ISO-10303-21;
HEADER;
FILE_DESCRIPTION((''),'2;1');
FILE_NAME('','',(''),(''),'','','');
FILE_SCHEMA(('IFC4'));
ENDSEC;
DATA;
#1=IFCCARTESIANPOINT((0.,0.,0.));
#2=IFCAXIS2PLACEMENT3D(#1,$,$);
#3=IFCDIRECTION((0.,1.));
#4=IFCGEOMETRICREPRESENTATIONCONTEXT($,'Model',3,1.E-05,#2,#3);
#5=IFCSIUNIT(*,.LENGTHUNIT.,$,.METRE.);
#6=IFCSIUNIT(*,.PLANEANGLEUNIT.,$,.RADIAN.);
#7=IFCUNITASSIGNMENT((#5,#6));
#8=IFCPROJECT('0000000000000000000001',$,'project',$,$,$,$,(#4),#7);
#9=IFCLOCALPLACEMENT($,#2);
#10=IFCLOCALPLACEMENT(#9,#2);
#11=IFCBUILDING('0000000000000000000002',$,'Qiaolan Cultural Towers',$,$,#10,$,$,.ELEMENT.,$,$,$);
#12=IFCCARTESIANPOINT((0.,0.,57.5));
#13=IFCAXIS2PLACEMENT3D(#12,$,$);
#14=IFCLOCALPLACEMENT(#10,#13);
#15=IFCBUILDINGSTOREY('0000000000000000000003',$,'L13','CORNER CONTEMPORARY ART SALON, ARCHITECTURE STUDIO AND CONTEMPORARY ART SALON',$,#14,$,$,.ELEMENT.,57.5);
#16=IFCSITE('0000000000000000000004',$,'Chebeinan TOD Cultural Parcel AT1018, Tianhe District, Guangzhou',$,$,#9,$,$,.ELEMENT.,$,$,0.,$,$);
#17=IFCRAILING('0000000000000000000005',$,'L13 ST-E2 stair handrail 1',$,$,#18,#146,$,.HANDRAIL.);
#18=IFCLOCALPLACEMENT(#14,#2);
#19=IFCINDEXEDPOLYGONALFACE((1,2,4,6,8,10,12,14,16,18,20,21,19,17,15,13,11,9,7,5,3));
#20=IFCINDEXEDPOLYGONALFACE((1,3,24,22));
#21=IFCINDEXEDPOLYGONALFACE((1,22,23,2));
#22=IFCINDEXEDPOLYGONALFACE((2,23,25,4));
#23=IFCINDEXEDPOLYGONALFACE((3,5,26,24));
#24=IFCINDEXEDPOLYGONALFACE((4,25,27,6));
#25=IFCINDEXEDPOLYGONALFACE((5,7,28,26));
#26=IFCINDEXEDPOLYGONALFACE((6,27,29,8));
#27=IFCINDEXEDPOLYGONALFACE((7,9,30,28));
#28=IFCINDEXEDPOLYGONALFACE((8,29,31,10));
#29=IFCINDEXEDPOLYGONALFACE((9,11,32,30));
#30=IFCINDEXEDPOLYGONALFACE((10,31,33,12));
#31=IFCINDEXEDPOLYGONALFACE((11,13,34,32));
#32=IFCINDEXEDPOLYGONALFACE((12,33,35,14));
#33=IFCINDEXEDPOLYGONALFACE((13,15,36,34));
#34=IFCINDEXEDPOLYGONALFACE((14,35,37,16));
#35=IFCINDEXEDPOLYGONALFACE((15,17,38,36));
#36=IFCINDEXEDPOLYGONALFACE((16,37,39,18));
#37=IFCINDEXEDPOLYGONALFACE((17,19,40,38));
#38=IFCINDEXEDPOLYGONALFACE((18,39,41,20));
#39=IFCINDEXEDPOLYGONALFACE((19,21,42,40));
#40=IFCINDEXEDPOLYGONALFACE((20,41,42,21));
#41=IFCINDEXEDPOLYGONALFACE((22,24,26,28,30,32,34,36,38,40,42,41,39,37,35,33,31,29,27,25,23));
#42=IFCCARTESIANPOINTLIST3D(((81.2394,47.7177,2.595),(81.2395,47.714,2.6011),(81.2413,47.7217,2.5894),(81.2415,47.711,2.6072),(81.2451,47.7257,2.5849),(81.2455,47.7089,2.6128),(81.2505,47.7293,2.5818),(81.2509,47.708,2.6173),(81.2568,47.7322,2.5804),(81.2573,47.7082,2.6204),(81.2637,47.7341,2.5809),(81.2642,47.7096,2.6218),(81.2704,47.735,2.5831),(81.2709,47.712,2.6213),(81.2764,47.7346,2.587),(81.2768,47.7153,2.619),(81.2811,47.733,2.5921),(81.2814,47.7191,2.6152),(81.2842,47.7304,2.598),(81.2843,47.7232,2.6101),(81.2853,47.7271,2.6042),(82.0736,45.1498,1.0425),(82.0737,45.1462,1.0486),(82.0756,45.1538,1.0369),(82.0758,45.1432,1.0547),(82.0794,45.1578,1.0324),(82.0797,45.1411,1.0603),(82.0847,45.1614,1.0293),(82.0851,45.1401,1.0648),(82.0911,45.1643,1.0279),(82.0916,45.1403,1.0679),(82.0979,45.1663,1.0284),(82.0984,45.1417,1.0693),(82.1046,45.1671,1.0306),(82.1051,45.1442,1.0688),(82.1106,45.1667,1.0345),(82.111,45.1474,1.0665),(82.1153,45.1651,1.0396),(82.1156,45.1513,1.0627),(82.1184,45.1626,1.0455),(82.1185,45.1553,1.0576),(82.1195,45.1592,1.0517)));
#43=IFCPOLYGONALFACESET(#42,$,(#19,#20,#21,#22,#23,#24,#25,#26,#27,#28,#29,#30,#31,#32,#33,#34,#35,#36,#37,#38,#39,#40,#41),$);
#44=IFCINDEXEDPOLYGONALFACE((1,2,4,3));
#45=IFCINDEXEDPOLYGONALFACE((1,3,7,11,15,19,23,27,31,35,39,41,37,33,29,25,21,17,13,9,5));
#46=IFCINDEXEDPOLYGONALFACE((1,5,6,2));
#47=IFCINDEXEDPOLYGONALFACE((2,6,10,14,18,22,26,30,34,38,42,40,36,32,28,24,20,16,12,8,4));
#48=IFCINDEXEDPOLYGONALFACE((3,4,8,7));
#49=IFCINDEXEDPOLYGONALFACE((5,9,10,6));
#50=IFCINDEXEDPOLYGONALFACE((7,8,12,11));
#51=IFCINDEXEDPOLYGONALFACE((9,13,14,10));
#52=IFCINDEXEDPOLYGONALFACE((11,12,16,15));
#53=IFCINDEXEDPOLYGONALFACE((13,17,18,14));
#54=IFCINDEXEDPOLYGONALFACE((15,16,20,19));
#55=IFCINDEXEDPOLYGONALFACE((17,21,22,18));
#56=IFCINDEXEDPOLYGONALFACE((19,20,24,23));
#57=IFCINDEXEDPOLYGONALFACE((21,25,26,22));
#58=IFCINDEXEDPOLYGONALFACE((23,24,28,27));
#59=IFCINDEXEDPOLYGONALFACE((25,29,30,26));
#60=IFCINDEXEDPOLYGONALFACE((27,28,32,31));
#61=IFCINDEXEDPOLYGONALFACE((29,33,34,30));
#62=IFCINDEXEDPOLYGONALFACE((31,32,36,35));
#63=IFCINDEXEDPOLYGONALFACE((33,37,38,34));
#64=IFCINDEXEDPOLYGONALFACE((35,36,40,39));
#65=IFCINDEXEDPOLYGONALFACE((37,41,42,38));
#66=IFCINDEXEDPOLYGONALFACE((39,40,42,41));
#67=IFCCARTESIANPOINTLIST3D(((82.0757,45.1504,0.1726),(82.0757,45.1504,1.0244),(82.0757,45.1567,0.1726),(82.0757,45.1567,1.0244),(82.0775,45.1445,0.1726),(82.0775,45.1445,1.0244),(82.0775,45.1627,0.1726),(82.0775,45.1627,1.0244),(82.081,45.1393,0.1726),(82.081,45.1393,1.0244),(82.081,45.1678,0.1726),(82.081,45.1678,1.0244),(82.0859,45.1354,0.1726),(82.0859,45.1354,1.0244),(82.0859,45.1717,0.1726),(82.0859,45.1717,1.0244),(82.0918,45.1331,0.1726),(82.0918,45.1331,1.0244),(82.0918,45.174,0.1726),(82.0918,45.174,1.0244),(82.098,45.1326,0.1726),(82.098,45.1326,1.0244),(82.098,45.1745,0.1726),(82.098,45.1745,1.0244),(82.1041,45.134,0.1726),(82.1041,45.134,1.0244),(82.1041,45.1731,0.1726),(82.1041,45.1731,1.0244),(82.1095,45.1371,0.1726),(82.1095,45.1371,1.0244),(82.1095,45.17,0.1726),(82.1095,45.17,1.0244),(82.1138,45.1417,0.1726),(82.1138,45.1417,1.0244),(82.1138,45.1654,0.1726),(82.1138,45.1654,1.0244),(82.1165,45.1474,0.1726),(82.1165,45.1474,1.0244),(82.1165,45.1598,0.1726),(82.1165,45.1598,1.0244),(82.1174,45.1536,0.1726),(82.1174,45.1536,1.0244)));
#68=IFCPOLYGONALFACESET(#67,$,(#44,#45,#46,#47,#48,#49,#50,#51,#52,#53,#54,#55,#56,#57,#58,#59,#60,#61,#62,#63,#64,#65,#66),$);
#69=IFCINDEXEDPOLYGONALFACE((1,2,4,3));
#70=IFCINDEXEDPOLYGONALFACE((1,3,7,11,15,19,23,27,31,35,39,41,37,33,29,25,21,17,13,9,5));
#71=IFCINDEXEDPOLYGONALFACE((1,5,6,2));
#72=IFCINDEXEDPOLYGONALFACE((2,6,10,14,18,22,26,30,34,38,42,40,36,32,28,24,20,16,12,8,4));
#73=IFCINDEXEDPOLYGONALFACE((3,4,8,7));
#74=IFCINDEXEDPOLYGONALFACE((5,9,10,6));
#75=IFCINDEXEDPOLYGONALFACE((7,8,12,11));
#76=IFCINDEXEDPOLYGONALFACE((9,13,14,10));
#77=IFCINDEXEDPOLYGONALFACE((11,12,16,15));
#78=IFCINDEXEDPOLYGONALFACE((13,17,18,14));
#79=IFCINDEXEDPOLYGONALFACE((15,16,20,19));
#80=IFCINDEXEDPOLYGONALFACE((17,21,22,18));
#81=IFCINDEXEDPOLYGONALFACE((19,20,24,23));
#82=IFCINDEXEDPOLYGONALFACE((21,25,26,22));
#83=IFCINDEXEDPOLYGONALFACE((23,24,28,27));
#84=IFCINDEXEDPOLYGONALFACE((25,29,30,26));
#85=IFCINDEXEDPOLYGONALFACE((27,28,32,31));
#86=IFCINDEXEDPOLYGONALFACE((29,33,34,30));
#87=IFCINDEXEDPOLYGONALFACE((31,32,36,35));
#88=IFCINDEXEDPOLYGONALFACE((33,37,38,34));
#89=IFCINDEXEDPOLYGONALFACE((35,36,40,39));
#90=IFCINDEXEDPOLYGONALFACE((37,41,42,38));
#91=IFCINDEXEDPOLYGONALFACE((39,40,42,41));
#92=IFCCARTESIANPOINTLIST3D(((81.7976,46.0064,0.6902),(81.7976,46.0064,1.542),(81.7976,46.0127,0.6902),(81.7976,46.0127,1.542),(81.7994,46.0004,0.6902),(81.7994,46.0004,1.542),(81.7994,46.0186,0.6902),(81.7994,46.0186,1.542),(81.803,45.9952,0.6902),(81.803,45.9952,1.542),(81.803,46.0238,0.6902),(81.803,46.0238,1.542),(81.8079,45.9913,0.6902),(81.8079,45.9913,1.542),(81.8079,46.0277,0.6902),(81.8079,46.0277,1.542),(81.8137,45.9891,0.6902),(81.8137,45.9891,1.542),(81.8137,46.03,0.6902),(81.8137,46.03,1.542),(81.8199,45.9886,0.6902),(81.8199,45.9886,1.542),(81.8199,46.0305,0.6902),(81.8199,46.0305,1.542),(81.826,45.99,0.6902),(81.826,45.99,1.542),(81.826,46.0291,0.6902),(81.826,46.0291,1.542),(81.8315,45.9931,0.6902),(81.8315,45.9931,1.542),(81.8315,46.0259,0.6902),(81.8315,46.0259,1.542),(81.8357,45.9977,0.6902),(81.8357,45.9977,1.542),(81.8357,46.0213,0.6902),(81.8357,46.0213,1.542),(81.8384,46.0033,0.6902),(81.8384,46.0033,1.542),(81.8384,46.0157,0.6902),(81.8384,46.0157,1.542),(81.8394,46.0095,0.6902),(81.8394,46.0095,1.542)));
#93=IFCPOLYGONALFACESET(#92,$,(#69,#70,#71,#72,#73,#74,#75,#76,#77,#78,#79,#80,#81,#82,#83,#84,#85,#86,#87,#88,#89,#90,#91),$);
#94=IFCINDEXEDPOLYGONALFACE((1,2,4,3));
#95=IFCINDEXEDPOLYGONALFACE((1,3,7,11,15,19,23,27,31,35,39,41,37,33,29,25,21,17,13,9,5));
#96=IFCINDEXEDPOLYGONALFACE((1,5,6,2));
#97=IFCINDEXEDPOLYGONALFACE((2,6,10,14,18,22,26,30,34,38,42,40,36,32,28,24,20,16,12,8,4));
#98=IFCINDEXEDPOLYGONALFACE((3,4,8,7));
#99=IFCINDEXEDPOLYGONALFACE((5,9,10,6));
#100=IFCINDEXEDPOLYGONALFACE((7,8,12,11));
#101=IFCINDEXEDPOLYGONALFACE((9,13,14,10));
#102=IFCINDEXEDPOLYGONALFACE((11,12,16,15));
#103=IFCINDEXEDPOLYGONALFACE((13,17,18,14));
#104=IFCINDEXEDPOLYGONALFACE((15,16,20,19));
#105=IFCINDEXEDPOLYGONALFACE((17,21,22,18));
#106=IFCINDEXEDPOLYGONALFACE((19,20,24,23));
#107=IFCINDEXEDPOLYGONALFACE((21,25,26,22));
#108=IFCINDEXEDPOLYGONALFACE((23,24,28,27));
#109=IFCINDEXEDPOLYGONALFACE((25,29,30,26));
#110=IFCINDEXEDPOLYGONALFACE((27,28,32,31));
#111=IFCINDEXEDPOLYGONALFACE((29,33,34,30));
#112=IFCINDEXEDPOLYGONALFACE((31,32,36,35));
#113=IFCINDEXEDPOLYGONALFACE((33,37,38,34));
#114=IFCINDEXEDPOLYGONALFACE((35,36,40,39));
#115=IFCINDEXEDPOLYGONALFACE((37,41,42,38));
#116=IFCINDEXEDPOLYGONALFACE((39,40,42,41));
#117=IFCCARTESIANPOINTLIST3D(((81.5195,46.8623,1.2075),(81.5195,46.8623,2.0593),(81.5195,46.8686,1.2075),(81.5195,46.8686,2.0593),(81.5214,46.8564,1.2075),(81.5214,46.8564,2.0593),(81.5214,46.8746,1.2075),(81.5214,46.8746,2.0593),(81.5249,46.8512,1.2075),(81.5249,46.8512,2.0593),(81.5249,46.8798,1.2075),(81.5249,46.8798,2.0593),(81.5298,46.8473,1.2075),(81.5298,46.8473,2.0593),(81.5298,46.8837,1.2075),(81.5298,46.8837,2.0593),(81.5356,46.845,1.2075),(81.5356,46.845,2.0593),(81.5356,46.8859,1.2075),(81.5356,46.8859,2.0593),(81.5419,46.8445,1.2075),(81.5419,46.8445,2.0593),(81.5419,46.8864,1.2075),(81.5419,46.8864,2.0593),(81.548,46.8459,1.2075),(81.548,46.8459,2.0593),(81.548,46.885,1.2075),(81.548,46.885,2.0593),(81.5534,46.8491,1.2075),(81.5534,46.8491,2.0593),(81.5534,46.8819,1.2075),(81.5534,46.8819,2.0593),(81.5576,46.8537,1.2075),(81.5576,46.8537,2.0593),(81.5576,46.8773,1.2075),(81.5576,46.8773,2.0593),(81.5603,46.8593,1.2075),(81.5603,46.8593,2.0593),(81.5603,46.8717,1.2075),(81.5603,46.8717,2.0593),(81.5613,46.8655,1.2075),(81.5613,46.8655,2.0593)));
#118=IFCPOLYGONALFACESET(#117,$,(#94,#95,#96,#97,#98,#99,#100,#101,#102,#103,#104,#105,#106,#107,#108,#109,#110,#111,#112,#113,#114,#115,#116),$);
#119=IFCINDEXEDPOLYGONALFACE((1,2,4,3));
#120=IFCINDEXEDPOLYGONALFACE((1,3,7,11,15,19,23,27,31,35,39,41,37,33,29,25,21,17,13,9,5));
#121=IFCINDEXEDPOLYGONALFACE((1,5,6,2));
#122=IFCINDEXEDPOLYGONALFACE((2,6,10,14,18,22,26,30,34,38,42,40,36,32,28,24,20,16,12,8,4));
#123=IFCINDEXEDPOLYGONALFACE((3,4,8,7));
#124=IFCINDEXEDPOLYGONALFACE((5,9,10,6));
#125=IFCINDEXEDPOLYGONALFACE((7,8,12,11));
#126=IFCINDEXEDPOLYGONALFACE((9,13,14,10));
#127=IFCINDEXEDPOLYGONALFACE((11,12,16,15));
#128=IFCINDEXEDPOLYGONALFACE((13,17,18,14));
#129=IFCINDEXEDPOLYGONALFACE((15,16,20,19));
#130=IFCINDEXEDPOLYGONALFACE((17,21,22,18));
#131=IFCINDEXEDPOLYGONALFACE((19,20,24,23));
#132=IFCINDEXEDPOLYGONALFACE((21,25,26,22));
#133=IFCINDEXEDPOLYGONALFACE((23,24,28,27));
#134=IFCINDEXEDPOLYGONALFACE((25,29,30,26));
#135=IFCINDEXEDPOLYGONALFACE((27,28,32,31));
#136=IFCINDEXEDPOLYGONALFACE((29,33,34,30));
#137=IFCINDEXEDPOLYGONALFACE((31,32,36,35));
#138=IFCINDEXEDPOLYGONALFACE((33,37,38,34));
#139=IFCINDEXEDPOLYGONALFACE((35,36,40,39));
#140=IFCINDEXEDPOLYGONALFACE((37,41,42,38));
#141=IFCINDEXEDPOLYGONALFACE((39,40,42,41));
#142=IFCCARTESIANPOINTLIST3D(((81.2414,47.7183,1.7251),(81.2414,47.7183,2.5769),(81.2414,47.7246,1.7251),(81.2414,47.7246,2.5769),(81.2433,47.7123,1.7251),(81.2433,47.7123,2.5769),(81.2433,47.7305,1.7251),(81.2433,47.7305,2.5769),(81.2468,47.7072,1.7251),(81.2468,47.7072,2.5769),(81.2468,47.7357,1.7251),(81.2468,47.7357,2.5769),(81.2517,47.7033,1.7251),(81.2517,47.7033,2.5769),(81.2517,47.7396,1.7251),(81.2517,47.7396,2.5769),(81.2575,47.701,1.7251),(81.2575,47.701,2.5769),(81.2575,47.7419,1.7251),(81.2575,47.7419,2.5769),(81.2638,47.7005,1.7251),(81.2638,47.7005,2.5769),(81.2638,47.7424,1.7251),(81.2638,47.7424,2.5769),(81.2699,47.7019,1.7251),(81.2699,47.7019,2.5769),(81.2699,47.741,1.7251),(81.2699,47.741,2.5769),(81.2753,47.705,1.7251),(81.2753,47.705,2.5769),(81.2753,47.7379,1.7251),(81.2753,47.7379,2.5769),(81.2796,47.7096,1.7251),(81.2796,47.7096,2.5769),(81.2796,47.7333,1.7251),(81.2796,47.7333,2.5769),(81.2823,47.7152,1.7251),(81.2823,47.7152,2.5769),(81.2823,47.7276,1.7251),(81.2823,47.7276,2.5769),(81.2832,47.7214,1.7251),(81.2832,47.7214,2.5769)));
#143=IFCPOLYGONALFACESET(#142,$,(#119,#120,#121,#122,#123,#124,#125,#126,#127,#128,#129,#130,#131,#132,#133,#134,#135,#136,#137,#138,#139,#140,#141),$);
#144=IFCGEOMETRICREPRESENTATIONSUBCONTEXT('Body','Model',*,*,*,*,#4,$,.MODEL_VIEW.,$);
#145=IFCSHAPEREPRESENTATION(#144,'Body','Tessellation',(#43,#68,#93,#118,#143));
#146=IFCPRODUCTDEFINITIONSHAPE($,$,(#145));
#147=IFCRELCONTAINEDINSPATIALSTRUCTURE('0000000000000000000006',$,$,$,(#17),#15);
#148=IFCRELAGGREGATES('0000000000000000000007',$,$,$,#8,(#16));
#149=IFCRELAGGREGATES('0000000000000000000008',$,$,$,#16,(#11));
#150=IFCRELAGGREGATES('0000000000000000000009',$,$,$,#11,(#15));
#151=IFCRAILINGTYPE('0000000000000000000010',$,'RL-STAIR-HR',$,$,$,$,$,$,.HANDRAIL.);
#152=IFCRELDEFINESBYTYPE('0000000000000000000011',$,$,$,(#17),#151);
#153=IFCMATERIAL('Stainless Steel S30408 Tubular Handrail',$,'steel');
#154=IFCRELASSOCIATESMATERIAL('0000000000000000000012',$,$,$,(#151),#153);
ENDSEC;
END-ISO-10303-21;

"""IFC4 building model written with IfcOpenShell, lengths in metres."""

from ifc_helpers import new_model, si_unit, direction, frame, origin, origin_2d, place, context, subcontext, project, spatial, circle, extrude, material, type_object, element, save


model = new_model("IFC4")

# Units and contexts
model_context = context("Model", 3, precision=1e-05, world=origin(), true_north=direction((0.0, 1.0)))
body_context = subcontext(model_context, "Body", "Model", "MODEL_VIEW")
ifc_project = project(units=[si_unit("LENGTHUNIT", "METRE"), si_unit("PLANEANGLEUNIT", "RADIAN")], contexts=[model_context])

# Site, building, storey
site_placement = place(None, origin())
site = spatial("IfcSite", under=ifc_project, at=site_placement, Name="Chebeinan TOD Cultural Parcel AT1018, Tianhe District, Guangzhou", CompositionType="ELEMENT", RefElevation=0.0)
building_placement = place(site_placement, origin())
building = spatial("IfcBuilding", under=site, at=building_placement, Name="Qiaolan Cultural Towers", CompositionType="ELEMENT")
storey_placement = place(building_placement, frame((0.0, 0.0, 57.5)))
storey = spatial("IfcBuildingStorey", under=building, at=storey_placement, Name="L13", Description="CORNER CONTEMPORARY ART SALON, ARCHITECTURE STUDIO AND CONTEMPORARY ART SALON", CompositionType="ELEMENT", Elevation=57.5)

# Railing
ifc_material_1 = material(Name="Stainless Steel S30408 Tubular Handrail", Category="steel")
railing_type_1 = type_object("IfcRailingType", Name="RL-STAIR-HR", PredefinedType="HANDRAIL", material=ifc_material_1)
railing_1_placement = place(storey_placement, frame((82.0964, 45.1536, 0.1726)))
element("IfcRailing", 1, at=railing_1_placement, inside=storey, type_object=railing_type_1, Name="L13 ST-E2 stair handrail 1", PredefinedType="HANDRAIL", context=body_context, shape_type="SweptSolid", body=[
    extrude(circle(Radius=0.0239, at=origin_2d()), frame((0.0, 0.0, 0.876), z_axis=(-0.267853, 0.824488, 0.498471), x_axis=(-0.95107, -0.308976, 0.0)), (0.0, 0.0, 1.0), 3.1145),
    extrude(circle(Radius=0.021, at=origin_2d()), origin(), (0.0, 0.0, 1.0), 0.8518),
    extrude(circle(Radius=0.021, at=origin_2d()), frame((-0.2781, 0.856, 0.5176)), (0.0, 0.0, 1.0), 0.8518),
    extrude(circle(Radius=0.021, at=origin_2d()), frame((-0.5562, 1.7119, 1.0349)), (0.0, 0.0, 1.0), 0.8518),
    extrude(circle(Radius=0.021, at=origin_2d()), frame((-0.8342, 2.5679, 1.5525)), (0.0, 0.0, 1.0), 0.8518),
])

save(model, "model.ifc")
